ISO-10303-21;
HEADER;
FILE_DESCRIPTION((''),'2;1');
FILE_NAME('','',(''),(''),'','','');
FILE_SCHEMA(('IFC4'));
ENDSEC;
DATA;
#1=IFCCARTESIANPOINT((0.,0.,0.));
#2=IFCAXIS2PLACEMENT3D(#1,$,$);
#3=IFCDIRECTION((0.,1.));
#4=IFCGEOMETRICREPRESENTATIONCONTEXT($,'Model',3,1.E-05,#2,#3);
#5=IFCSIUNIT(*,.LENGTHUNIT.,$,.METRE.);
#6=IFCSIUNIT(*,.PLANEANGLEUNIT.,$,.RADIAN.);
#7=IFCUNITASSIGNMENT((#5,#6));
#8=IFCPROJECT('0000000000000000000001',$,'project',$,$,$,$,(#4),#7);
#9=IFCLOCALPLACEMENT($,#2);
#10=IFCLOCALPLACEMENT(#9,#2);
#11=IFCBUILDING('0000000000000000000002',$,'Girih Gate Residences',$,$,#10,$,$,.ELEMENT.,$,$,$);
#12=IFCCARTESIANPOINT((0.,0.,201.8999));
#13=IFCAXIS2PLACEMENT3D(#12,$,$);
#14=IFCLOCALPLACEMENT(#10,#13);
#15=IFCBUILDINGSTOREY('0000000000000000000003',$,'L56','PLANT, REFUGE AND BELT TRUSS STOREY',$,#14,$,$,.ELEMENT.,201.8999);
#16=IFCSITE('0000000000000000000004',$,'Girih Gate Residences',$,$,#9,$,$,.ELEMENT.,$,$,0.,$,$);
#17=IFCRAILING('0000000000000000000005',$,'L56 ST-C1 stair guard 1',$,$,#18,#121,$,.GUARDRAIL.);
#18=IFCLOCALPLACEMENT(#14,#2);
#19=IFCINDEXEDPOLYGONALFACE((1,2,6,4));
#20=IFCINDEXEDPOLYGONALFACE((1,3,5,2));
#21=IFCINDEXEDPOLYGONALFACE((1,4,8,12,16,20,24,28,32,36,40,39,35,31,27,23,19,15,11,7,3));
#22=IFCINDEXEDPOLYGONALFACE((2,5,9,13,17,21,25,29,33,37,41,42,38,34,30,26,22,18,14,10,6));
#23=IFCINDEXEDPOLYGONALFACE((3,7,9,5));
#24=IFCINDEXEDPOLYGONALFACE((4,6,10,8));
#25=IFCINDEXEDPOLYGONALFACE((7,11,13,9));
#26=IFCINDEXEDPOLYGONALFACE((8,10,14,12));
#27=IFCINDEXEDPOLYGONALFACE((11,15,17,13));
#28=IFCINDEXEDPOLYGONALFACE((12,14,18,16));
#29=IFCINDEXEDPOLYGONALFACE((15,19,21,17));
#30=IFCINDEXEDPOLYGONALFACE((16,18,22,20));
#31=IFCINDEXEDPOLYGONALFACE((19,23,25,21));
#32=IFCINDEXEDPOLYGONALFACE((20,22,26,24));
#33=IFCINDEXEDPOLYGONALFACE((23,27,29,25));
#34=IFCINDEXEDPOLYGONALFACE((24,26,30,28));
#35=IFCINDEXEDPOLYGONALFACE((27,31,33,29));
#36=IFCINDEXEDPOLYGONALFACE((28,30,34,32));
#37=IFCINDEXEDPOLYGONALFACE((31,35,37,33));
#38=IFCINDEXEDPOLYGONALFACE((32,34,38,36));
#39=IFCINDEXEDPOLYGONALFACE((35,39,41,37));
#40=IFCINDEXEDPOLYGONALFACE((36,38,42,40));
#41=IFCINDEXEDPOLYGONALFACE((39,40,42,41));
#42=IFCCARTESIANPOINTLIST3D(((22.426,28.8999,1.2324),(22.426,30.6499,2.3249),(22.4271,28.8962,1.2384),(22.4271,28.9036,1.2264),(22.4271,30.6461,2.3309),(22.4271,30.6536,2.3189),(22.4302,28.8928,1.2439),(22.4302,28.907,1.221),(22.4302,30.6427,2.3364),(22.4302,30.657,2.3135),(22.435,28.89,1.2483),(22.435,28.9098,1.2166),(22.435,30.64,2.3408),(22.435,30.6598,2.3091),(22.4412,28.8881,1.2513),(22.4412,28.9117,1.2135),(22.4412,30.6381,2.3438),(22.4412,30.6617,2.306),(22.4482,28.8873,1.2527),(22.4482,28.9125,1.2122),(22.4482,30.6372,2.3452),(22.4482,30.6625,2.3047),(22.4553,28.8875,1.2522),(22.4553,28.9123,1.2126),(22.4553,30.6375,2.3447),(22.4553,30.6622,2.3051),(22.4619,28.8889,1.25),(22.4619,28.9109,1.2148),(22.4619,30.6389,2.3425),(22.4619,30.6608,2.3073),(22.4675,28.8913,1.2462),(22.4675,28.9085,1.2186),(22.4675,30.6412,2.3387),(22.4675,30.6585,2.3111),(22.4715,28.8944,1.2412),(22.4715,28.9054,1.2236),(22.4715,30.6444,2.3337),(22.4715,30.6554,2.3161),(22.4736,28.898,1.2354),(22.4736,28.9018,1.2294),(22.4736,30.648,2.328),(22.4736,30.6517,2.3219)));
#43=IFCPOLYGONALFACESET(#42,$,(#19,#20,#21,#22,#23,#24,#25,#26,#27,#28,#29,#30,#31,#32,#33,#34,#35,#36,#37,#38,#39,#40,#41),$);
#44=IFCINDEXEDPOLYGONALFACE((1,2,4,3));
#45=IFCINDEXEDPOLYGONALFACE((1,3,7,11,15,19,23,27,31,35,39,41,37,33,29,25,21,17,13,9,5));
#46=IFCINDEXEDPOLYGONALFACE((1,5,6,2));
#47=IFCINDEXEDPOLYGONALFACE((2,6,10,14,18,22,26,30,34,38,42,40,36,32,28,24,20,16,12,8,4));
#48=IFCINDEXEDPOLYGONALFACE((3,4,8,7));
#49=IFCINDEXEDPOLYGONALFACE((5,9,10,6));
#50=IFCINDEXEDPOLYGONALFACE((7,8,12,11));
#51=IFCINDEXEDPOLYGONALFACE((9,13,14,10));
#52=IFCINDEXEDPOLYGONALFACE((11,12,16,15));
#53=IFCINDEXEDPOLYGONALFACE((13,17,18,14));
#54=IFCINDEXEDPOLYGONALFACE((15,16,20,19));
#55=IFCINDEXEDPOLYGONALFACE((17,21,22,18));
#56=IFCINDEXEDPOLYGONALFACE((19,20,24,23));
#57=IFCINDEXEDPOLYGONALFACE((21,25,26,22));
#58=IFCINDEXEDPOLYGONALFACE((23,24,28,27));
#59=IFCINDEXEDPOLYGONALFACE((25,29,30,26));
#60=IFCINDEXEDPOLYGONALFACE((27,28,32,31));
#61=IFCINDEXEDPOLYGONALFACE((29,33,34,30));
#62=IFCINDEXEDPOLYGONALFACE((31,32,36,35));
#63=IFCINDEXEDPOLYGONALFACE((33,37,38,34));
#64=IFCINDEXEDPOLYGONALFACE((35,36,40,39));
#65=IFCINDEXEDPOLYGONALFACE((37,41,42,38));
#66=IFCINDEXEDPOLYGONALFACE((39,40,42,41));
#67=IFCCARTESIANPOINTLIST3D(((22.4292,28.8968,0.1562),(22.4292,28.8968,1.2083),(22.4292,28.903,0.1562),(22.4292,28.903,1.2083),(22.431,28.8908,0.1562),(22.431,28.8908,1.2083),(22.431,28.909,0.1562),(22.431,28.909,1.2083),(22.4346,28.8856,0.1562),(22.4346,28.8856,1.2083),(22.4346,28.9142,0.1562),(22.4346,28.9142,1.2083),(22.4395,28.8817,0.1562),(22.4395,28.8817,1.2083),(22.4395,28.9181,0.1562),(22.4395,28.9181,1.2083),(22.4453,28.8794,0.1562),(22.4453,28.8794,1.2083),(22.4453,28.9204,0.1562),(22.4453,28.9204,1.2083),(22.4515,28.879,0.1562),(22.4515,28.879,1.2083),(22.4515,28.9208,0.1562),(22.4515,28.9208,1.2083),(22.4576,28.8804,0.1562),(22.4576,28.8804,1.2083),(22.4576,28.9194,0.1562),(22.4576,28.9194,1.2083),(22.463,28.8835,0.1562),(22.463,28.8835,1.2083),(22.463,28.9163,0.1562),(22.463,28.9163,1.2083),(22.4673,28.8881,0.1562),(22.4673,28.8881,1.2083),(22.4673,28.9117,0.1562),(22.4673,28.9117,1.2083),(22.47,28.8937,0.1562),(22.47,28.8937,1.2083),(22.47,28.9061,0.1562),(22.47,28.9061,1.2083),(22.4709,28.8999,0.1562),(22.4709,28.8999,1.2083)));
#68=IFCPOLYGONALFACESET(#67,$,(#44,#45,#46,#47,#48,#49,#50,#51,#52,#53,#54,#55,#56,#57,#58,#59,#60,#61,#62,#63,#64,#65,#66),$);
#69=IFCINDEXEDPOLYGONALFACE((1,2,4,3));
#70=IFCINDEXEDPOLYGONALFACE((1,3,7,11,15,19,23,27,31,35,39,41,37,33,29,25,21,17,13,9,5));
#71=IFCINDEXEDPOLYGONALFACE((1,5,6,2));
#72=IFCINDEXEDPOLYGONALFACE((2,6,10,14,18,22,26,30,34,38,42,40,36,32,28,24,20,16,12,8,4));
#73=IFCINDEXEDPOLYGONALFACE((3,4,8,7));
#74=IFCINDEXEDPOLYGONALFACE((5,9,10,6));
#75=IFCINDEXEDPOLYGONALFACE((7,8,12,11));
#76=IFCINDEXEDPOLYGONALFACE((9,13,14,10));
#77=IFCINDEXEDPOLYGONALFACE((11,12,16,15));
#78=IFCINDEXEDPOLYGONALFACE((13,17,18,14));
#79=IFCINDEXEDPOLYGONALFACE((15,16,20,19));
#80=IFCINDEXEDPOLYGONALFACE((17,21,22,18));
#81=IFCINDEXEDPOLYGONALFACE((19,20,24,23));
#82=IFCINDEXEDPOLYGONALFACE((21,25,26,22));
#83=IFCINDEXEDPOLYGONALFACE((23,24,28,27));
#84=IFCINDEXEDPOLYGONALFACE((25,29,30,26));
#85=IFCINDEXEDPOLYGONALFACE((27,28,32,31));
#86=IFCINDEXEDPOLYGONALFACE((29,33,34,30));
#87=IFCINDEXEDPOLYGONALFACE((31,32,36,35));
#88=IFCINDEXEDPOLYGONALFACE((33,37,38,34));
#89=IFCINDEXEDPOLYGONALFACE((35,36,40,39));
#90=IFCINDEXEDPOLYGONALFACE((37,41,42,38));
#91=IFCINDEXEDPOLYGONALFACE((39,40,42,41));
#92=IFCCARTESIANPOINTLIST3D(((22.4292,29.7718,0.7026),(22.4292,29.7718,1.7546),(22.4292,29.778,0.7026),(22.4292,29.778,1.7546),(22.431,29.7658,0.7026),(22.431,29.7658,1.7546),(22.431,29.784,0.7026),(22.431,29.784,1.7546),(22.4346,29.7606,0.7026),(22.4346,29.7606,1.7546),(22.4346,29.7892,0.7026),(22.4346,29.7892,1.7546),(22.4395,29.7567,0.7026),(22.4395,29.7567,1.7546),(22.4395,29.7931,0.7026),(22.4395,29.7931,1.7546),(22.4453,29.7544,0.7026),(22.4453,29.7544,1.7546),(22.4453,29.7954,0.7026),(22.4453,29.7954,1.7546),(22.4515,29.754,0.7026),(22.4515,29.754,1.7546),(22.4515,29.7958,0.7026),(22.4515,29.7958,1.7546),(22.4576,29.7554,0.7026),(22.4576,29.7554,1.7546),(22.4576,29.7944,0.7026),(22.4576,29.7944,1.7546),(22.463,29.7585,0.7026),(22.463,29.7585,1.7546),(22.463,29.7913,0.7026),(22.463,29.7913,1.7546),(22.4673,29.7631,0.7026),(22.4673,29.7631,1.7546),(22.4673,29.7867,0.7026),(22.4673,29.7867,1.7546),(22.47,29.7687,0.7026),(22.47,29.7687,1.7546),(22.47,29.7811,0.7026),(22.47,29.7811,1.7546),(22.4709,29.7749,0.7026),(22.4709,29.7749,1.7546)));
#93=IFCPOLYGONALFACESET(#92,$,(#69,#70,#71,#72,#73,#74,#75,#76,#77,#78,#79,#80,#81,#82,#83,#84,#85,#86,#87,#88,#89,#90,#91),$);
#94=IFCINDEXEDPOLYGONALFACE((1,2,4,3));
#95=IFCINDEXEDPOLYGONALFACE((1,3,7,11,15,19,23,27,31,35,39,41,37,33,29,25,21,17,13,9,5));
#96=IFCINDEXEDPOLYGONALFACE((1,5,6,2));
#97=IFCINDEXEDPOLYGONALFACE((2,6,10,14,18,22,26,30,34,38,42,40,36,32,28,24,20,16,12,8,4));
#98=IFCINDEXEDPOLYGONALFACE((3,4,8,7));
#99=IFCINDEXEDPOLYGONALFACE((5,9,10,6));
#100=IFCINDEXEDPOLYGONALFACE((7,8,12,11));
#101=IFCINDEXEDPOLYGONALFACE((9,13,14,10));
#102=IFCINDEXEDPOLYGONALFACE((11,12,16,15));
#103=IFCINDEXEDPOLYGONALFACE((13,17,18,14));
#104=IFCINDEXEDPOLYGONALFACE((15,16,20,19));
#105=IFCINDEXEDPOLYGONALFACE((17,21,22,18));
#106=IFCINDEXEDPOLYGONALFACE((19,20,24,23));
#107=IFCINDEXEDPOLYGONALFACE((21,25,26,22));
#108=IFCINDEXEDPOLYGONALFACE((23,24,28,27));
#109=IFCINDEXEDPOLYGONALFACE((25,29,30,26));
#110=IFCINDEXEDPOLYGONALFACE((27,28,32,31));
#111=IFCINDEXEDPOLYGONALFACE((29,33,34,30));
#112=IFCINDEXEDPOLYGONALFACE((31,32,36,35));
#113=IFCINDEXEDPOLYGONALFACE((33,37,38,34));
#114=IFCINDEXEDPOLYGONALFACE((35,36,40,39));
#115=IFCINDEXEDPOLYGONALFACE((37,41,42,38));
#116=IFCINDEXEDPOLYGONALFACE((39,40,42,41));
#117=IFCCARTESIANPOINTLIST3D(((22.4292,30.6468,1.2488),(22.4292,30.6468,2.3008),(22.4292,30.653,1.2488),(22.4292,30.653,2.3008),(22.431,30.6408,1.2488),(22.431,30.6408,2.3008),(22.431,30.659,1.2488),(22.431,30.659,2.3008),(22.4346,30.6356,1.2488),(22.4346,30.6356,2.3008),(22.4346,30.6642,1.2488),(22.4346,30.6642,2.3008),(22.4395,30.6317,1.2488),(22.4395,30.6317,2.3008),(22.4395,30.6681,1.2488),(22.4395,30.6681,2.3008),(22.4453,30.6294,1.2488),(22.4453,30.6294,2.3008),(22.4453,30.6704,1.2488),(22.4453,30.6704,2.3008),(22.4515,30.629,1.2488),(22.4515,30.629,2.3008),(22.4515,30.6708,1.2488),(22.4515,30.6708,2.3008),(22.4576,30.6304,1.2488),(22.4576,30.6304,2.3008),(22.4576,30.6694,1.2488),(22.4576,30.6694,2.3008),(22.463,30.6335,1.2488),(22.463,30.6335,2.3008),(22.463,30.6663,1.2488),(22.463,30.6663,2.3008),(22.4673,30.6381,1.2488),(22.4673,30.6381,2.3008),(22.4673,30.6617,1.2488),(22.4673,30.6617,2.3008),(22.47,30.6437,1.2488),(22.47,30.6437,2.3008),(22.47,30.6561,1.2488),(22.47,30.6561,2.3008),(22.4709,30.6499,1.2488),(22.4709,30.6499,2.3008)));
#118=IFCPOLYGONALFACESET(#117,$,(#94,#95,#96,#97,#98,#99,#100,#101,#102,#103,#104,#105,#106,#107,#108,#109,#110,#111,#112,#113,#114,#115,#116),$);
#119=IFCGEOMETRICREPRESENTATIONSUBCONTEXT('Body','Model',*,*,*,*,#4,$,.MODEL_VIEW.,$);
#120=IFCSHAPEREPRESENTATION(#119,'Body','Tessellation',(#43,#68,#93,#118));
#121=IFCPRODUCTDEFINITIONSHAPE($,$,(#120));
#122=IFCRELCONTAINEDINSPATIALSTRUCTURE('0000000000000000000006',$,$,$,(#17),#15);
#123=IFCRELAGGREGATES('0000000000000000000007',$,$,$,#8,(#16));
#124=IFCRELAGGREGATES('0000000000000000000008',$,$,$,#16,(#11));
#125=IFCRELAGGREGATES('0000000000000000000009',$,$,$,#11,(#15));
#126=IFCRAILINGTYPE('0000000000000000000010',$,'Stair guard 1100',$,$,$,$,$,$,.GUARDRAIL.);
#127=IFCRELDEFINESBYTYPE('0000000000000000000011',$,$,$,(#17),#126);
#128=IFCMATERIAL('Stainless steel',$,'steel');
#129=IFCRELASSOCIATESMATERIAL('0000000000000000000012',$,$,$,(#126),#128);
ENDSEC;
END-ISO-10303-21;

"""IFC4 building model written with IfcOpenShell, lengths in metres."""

from ifc_helpers import new_model, si_unit, direction, frame, origin, origin_2d, place, context, subcontext, project, spatial, circle, extrude, material, type_object, element, save


model = new_model("IFC4")

# Units and contexts
model_context = context("Model", 3, precision=1e-05, world=origin(), true_north=direction((0.0, 1.0)))
body_context = subcontext(model_context, "Body", "Model", "MODEL_VIEW")
ifc_project = project(units=[si_unit("LENGTHUNIT", "METRE"), si_unit("PLANEANGLEUNIT", "RADIAN")], contexts=[model_context])

# Site, building, storey
site_placement = place(None, origin())
site = spatial("IfcSite", under=ifc_project, at=site_placement, Name="Girih Gate Residences", CompositionType="ELEMENT", RefElevation=0.0)
building_placement = place(site_placement, origin())
building = spatial("IfcBuilding", under=site, at=building_placement, Name="Girih Gate Residences", CompositionType="ELEMENT")
storey_placement = place(building_placement, frame((0.0, 0.0, 201.8999)))
storey = spatial("IfcBuildingStorey", under=building, at=storey_placement, Name="L56", Description="PLANT, REFUGE AND BELT TRUSS STOREY", CompositionType="ELEMENT", Elevation=201.8999)

# Railing
ifc_material_1 = material(Name="Stainless steel", Category="steel")
railing_type_1 = type_object("IfcRailingType", Name="Stair guard 1100", PredefinedType="GUARDRAIL", material=ifc_material_1)
railing_1_placement = place(storey_placement, frame((22.45, 28.8999, 0.1562)))
element("IfcRailing", 1, at=railing_1_placement, inside=storey, type_object=railing_type_1, Name="L56 ST-C1 stair guard 1", PredefinedType="GUARDRAIL", context=body_context, shape_type="SweptSolid", body=[
    extrude(circle(Radius=0.0239, at=origin_2d()), frame((0.0, 0.0, 1.0762), z_axis=(0.0, 0.848264, 0.529573), x_axis=(-1.0, 0.0, 0.0)), (0.0, 0.0, 1.0), 2.063),
    extrude(circle(Radius=0.021, at=origin_2d()), origin(), (0.0, 0.0, 1.0), 1.052),
    extrude(circle(Radius=0.021, at=origin_2d()), frame((0.0, 0.875, 0.5464)), (0.0, 0.0, 1.0), 1.052),
    extrude(circle(Radius=0.021, at=origin_2d()), frame((0.0, 1.75, 1.0925)), (0.0, 0.0, 1.0), 1.052),
])

save(model, "model.ifc")
